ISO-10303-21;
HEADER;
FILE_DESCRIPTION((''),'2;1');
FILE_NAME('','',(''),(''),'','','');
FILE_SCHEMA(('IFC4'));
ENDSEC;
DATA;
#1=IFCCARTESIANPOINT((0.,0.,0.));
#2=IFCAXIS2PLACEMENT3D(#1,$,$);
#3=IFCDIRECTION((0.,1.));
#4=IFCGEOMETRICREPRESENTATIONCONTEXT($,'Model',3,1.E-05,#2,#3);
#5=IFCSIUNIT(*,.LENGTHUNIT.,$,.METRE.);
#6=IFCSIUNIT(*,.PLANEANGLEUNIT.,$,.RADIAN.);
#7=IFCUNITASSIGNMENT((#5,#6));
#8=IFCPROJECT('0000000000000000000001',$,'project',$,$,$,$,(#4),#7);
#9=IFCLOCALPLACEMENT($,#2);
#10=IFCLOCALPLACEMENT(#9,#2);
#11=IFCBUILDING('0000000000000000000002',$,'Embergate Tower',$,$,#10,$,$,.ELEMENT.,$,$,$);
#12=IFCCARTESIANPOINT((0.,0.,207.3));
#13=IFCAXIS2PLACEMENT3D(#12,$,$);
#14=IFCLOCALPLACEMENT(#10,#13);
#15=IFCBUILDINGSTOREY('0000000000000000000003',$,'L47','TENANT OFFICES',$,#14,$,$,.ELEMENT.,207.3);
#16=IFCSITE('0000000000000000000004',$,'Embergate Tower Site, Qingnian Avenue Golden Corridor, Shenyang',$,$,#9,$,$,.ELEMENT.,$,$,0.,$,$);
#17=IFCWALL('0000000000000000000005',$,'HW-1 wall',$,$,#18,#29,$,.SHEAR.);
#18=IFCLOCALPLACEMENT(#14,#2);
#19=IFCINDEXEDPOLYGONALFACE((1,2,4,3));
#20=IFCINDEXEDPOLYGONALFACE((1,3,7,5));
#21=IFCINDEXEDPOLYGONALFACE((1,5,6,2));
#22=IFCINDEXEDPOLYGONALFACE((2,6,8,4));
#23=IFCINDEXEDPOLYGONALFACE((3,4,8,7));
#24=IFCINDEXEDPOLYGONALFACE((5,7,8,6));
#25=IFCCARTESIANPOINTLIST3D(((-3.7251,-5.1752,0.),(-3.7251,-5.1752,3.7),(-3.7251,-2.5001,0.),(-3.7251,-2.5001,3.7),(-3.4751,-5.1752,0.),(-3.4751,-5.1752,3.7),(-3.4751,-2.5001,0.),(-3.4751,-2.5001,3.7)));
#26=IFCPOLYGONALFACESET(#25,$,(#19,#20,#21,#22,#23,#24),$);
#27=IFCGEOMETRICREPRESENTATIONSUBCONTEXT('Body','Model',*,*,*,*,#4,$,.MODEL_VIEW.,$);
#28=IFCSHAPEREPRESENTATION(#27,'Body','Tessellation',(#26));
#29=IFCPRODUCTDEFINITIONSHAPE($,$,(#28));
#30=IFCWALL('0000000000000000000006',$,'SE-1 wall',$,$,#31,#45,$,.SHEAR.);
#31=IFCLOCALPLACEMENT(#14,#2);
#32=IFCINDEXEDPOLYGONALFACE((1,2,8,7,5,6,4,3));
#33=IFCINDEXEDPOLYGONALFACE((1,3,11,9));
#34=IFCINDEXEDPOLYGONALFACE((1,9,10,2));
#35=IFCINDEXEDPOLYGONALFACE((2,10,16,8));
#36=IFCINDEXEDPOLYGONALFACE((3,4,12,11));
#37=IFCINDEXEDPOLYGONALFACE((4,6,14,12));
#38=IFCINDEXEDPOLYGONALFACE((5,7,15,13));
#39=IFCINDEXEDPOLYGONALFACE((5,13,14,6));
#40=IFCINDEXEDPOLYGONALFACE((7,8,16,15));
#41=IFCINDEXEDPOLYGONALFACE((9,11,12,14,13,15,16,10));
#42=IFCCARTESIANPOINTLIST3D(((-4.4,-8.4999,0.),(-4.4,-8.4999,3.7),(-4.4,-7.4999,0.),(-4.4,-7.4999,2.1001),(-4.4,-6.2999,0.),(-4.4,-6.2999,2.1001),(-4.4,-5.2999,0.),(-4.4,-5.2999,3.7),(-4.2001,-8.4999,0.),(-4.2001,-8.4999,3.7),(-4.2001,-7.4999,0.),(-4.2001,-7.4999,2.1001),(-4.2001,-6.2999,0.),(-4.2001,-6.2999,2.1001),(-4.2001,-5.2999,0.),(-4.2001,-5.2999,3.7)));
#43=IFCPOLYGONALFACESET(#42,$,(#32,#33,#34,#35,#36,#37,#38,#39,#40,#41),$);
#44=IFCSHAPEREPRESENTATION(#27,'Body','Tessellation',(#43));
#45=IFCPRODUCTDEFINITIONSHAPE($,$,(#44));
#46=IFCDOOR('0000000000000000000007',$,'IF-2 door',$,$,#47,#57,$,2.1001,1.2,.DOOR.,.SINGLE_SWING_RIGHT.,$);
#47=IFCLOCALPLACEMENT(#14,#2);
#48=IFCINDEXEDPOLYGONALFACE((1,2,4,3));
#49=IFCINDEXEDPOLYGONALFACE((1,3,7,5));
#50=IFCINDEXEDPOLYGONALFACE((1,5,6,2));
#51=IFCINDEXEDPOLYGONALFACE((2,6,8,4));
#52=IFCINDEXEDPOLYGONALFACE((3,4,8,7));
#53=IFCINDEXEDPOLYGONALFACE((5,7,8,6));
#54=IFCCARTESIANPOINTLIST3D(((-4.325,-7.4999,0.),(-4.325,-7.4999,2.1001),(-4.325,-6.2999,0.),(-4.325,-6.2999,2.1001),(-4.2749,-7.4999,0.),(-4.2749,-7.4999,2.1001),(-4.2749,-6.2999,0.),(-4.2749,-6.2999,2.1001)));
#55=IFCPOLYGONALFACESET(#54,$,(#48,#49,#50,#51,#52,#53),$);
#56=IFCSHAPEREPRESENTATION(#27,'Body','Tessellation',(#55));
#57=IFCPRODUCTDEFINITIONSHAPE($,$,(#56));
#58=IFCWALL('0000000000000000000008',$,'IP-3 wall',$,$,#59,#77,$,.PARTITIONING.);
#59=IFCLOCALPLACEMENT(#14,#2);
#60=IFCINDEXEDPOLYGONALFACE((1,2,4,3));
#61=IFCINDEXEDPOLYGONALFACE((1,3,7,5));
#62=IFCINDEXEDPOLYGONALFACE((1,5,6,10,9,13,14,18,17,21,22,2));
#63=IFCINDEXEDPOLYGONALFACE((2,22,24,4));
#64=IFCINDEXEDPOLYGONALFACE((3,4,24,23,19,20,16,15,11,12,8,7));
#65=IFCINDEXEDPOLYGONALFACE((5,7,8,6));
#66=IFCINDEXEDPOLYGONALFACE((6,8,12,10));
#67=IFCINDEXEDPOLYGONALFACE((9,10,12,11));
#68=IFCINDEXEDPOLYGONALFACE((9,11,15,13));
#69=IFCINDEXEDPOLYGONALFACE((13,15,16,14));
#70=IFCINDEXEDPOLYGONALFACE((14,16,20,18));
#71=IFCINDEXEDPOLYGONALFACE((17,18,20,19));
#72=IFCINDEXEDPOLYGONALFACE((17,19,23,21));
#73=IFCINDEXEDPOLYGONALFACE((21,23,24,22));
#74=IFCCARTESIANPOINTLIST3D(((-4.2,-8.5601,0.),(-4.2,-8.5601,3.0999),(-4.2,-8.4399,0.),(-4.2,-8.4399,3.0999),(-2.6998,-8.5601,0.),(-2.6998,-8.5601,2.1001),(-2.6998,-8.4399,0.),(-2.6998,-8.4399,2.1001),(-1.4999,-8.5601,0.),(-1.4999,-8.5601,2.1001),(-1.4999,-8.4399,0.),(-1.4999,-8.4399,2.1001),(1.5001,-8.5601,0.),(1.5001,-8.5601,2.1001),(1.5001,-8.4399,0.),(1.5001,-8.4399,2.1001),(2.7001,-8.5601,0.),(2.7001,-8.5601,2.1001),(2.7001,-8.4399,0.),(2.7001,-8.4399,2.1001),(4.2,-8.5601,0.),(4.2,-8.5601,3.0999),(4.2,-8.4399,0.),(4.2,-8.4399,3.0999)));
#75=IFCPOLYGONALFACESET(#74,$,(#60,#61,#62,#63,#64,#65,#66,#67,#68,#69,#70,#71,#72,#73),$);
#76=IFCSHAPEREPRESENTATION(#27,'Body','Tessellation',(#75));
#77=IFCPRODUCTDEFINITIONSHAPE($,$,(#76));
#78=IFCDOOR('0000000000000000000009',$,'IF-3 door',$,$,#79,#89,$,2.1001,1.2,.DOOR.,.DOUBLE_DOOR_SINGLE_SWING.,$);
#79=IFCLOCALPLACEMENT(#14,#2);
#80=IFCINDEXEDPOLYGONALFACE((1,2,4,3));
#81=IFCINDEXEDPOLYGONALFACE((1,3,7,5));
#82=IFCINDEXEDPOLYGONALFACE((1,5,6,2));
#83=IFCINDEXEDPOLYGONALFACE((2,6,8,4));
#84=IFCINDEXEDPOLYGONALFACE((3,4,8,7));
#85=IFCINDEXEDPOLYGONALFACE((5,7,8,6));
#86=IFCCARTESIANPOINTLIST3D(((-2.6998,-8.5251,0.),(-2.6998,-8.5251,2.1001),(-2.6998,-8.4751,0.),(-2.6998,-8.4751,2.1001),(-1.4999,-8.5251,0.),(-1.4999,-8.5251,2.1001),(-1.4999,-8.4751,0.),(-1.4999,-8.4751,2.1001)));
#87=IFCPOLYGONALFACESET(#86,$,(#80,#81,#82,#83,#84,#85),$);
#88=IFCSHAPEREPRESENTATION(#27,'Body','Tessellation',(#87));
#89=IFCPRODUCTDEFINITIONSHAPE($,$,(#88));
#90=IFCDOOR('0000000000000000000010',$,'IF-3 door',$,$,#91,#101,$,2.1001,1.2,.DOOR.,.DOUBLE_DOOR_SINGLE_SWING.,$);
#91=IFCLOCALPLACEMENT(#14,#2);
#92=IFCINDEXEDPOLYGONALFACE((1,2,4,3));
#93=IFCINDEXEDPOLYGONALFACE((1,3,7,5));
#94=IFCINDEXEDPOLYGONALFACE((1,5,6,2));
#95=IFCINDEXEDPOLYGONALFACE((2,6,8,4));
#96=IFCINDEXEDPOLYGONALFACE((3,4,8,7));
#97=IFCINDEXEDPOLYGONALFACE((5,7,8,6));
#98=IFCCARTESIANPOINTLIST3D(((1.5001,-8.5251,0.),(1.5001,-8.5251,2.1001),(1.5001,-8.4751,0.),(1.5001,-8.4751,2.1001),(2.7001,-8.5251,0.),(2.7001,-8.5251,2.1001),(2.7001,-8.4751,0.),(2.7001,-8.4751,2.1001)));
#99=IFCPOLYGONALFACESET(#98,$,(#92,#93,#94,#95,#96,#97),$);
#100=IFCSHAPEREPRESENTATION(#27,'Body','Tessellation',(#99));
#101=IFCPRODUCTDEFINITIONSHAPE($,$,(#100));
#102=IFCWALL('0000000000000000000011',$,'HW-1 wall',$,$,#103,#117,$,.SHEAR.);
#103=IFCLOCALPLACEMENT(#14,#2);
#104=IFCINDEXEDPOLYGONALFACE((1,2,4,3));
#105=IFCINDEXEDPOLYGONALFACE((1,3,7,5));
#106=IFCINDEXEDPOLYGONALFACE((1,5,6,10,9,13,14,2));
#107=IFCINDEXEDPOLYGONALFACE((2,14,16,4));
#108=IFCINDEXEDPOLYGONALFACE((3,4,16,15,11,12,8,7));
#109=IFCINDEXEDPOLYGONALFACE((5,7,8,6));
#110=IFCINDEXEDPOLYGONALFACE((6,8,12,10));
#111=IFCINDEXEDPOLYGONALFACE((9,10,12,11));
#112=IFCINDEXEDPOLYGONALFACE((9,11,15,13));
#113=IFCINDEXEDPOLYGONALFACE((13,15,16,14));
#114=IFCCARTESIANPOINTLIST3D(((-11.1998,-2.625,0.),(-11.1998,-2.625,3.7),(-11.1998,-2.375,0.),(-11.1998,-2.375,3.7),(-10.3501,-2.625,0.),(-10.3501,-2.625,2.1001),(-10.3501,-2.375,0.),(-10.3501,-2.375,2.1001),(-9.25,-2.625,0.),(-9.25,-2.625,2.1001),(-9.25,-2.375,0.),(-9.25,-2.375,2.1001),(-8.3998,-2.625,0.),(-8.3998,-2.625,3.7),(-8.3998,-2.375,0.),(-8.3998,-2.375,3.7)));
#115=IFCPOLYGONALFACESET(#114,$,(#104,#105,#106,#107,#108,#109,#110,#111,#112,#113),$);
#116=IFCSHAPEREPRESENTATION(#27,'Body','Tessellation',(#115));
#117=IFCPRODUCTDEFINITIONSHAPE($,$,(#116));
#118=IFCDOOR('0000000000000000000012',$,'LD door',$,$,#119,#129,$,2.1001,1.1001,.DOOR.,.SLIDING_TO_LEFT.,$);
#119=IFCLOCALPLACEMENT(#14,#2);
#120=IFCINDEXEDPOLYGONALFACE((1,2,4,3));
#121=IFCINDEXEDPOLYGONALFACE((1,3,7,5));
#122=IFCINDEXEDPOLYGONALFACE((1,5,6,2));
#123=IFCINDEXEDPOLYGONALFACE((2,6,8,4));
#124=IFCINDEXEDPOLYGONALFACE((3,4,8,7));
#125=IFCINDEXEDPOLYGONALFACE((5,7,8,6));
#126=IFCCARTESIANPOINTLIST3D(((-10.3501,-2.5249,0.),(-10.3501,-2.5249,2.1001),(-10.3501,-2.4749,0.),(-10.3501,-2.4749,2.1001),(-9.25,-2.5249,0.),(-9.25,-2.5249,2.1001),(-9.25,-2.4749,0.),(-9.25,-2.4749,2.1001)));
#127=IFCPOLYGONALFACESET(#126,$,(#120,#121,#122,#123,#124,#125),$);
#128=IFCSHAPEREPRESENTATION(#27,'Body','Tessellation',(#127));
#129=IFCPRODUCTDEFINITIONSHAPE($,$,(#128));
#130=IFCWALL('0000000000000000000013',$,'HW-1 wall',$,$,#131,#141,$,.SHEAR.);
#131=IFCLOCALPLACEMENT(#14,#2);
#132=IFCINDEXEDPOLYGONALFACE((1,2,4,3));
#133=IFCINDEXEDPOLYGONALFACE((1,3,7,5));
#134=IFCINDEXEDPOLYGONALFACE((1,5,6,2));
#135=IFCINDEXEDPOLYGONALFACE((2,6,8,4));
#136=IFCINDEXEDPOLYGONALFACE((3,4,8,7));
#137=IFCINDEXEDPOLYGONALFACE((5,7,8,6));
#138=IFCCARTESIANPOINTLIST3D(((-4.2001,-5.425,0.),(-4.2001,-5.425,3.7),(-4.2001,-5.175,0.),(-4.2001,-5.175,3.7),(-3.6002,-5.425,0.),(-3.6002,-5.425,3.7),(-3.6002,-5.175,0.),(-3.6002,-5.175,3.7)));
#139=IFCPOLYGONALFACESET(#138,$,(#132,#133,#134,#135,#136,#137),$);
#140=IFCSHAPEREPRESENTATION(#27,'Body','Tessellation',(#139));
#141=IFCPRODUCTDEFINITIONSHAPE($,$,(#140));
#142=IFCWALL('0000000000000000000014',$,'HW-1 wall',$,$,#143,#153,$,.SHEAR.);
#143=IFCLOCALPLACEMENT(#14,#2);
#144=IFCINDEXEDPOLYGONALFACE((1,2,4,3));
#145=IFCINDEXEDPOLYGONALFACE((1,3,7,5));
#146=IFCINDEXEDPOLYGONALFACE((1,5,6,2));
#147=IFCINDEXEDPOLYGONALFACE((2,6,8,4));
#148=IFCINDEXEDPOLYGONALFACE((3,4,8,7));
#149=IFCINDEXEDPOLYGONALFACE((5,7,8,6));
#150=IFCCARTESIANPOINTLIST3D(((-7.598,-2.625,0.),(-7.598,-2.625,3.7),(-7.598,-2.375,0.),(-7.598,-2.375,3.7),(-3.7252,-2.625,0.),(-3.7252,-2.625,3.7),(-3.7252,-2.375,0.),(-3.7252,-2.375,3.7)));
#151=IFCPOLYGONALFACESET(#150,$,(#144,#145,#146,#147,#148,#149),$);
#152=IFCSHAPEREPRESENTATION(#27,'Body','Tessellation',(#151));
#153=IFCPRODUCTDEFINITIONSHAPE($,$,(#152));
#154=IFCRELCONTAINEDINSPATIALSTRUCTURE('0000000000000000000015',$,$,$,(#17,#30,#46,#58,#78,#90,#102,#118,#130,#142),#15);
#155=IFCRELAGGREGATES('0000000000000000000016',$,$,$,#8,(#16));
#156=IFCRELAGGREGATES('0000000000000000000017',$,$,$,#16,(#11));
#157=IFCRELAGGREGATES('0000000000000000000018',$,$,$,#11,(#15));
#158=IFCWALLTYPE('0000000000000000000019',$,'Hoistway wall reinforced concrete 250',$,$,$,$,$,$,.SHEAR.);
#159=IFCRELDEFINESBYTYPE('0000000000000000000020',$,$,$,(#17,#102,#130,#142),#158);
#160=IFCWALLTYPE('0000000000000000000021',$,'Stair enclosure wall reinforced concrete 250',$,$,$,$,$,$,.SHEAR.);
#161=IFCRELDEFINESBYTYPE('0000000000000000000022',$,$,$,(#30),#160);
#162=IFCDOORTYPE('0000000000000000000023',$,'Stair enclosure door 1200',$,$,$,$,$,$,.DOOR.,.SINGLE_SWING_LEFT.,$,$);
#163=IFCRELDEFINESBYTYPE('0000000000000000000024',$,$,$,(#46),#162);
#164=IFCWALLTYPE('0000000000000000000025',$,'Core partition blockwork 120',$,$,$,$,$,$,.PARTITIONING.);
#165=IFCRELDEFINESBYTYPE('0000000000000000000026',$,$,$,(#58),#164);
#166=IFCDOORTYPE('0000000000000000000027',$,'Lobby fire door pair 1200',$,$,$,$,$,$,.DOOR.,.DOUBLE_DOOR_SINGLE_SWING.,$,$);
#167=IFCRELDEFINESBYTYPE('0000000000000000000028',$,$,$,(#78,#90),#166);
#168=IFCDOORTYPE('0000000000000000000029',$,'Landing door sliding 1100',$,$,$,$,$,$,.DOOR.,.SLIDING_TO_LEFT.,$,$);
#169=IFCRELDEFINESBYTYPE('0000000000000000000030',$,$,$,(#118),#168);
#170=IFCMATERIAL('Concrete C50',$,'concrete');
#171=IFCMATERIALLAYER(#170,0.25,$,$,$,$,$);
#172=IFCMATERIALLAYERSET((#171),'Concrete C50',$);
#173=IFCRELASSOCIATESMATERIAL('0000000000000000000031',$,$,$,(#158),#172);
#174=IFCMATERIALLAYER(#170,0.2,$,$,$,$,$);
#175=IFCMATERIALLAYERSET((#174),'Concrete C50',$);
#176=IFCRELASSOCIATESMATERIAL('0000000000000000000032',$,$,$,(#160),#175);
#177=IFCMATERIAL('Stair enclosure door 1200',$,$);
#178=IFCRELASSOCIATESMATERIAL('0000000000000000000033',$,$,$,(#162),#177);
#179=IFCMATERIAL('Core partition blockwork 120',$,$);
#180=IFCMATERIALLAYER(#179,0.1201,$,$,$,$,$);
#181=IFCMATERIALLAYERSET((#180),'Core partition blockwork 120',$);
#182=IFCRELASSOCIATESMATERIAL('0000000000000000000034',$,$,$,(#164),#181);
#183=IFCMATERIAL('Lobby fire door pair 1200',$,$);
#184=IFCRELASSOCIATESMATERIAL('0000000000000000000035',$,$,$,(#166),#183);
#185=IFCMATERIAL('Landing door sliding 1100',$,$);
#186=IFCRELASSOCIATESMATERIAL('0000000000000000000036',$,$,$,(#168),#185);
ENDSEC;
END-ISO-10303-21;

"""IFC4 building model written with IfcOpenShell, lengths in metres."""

from ifc_helpers import new_model, si_unit, direction, frame, frame_2d, origin, place, context, subcontext, project, spatial, rectangle, extrude, source, transform, mapped, material, layer, layer_set, type_object, element, fill, save


model = new_model("IFC4")

# Units and contexts
model_context = context("Model", 3, precision=1e-05, world=origin(), true_north=direction((0.0, 1.0)))
body_context = subcontext(model_context, "Body", "Model", "MODEL_VIEW")
ifc_project = project(units=[si_unit("LENGTHUNIT", "METRE"), si_unit("PLANEANGLEUNIT", "RADIAN")], contexts=[model_context])

# Site, building, storey
site_placement = place(None, origin())
site = spatial("IfcSite", under=ifc_project, at=site_placement, Name="Embergate Tower Site, Qingnian Avenue Golden Corridor, Shenyang", CompositionType="ELEMENT", RefElevation=0.0)
building_placement = place(site_placement, origin())
building = spatial("IfcBuilding", under=site, at=building_placement, Name="Embergate Tower", CompositionType="ELEMENT")
storey_placement = place(building_placement, frame((0.0, 0.0, 207.3)))
storey = spatial("IfcBuildingStorey", under=building, at=storey_placement, Name="L47", Description="TENANT OFFICES", CompositionType="ELEMENT", Elevation=207.3)

# Wall
ifc_material_1 = material(Name="Concrete C50", Category="concrete")
ifc_layer_1 = layer(ifc_material_1, 0.25)
ifc_layer_set_1 = layer_set([ifc_layer_1], Name="Concrete C50")
wall_type_1 = type_object("IfcWallType", Name="Hoistway wall reinforced concrete 250", PredefinedType="SHEAR", material=ifc_layer_set_1)
shared_shape_1 = source(origin(), body_context, "Body", "SweptSolid", [
    extrude(rectangle(XDim=2.675, YDim=0.25, at=frame_2d((1.3374, 0.0))), origin(), (0.0, 0.0, 1.0), 3.7),
])
wall_1_placement = place(storey_placement, frame((-3.6001, -5.175, 0.0), z_axis=(0.0, 0.0, 1.0), x_axis=(0.0, 1.0, 0.0)))
element("IfcWall", 1, at=wall_1_placement, inside=storey, type_object=wall_type_1, Name="HW-1 wall", PredefinedType="SHEAR", context=body_context, shape_type="MappedRepresentation", body=[
    mapped(shared_shape_1, transform((0.0, 0.0, 0.0))),
])

# Wall, opening, door
ifc_layer_2 = layer(ifc_material_1, 0.2)
ifc_layer_set_2 = layer_set([ifc_layer_2], Name="Concrete C50")
wall_type_2 = type_object("IfcWallType", Name="Stair enclosure wall reinforced concrete 250", PredefinedType="SHEAR", material=ifc_layer_set_2)
shared_shape_2 = source(origin(), body_context, "Body", "SweptSolid", [
    extrude(rectangle(XDim=3.2, YDim=0.2, at=frame_2d((1.6001, 0.0))), origin(), (0.0, 0.0, 1.0), 3.7),
])
wall_2_placement = place(storey_placement, frame((-4.3, -8.5, 0.0), z_axis=(0.0, 0.0, 1.0), x_axis=(0.0, 1.0, 0.0)))
wall_2 = element("IfcWall", 2, at=wall_2_placement, inside=storey, type_object=wall_type_2, Name="SE-1 wall", PredefinedType="SHEAR", context=body_context, shape_type="MappedRepresentation", body=[
    mapped(shared_shape_2, transform((0.0, 0.0, 0.0))),
])
shared_shape_3 = source(origin(), body_context, "Body", "SweptSolid", [
    extrude(rectangle(XDim=1.2, YDim=2.1001, at=frame_2d((0.6001, 1.05))), frame((0.0, 0.1099, 0.0), z_axis=(0.0, -1.0, 0.0), x_axis=(1.0, 0.0, 0.0)), (0.0, 0.0, 1.0), 0.22),
])
opening_1_placement = place(wall_2_placement, frame((1.0, 0.0, 0.0)))
opening_1 = element("IfcOpeningElement", 3, at=opening_1_placement, cuts=wall_2, PredefinedType="OPENING", context=body_context, shape_type="MappedRepresentation", body=[
    mapped(shared_shape_3, transform((0.0, 0.0, 0.0))),
])
ifc_material_2 = material(Name="Stair enclosure door 1200")
door_type_1 = type_object("IfcDoorType", Name="Stair enclosure door 1200", OperationType="SINGLE_SWING_LEFT", PredefinedType="DOOR", material=ifc_material_2)
shared_shape_4 = source(origin(), body_context, "Body", "SweptSolid", [
    extrude(rectangle(XDim=1.2, YDim=2.1001, at=frame_2d((0.6001, 1.05))), frame((0.0, 0.0249, 0.0), z_axis=(0.0, -1.0, 0.0), x_axis=(1.0, 0.0, 0.0)), (0.0, 0.0, 1.0), 0.05),
])
door_1_placement = place(opening_1_placement, origin())
door_1 = element("IfcDoor", 4, at=door_1_placement, inside=storey, type_object=door_type_1, Name="IF-2 door", OperationType="SINGLE_SWING_RIGHT", OverallHeight=2.1001, OverallWidth=1.2, PredefinedType="DOOR", context=body_context, shape_type="MappedRepresentation", body=[
    mapped(shared_shape_4, transform((0.0, 0.0, 0.0))),
])
fill(opening_1, door_1)

# Wall, openings, doors
ifc_material_3 = material(Name="Core partition blockwork 120")
ifc_layer_3 = layer(ifc_material_3, 0.1201)
ifc_layer_set_3 = layer_set([ifc_layer_3], Name="Core partition blockwork 120")
wall_type_3 = type_object("IfcWallType", Name="Core partition blockwork 120", PredefinedType="PARTITIONING", material=ifc_layer_set_3)
shared_shape_5 = source(origin(), body_context, "Body", "SweptSolid", [
    extrude(rectangle(XDim=8.3999, YDim=0.1201, at=frame_2d((4.2, 0.0))), origin(), (0.0, 0.0, 1.0), 3.0999),
])
wall_3_placement = place(storey_placement, frame((-4.2, -8.5, 0.0), z_axis=(0.0, 0.0, 1.0), x_axis=(1.0, 0.0, 0.0)))
wall_3 = element("IfcWall", 5, at=wall_3_placement, inside=storey, type_object=wall_type_3, Name="IP-3 wall", PredefinedType="PARTITIONING", context=body_context, shape_type="MappedRepresentation", body=[
    mapped(shared_shape_5, transform((0.0, 0.0, 0.0))),
])
shared_shape_6 = source(origin(), body_context, "Body", "SweptSolid", [
    extrude(rectangle(XDim=1.2, YDim=2.1001, at=frame_2d((0.6001, 1.05))), frame((0.0, 0.0701, 0.0), z_axis=(0.0, -1.0, 0.0), x_axis=(1.0, 0.0, 0.0)), (0.0, 0.0, 1.0), 0.1401),
])
opening_2_placement = place(wall_3_placement, frame((1.5, 0.0, 0.0)))
opening_2 = element("IfcOpeningElement", 6, at=opening_2_placement, cuts=wall_3, PredefinedType="OPENING", context=body_context, shape_type="MappedRepresentation", body=[
    mapped(shared_shape_6, transform((0.0, 0.0, 0.0))),
])
opening_3_placement = place(wall_3_placement, frame((5.7, 0.0, 0.0)))
opening_3 = element("IfcOpeningElement", 7, at=opening_3_placement, cuts=wall_3, PredefinedType="OPENING", context=body_context, shape_type="MappedRepresentation", body=[
    mapped(shared_shape_6, transform((0.0, 0.0, 0.0))),
])
ifc_material_4 = material(Name="Lobby fire door pair 1200")
door_type_2 = type_object("IfcDoorType", Name="Lobby fire door pair 1200", OperationType="DOUBLE_DOOR_SINGLE_SWING", PredefinedType="DOOR", material=ifc_material_4)
door_2_placement = place(opening_2_placement, origin())
door_2 = element("IfcDoor", 8, at=door_2_placement, inside=storey, type_object=door_type_2, Name="IF-3 door", OperationType="DOUBLE_DOOR_SINGLE_SWING", OverallHeight=2.1001, OverallWidth=1.2, PredefinedType="DOOR", context=body_context, shape_type="MappedRepresentation", body=[
    mapped(shared_shape_4, transform((0.0, 0.0, 0.0))),
])
fill(opening_2, door_2)
door_3_placement = place(opening_3_placement, origin())
door_3 = element("IfcDoor", 9, at=door_3_placement, inside=storey, type_object=door_type_2, Name="IF-3 door", OperationType="DOUBLE_DOOR_SINGLE_SWING", OverallHeight=2.1001, OverallWidth=1.2, PredefinedType="DOOR", context=body_context, shape_type="MappedRepresentation", body=[
    mapped(shared_shape_4, transform((0.0, 0.0, 0.0))),
])
fill(opening_3, door_3)

# Wall, opening, door
shared_shape_7 = source(origin(), body_context, "Body", "SweptSolid", [
    extrude(rectangle(XDim=2.8, YDim=0.25, at=frame_2d((1.3999, 0.0))), origin(), (0.0, 0.0, 1.0), 3.7),
])
wall_4_placement = place(storey_placement, frame((-8.3999, -2.5, 0.0), z_axis=(0.0, 0.0, 1.0), x_axis=(-1.0, 0.0, 0.0)))
wall_4 = element("IfcWall", 10, at=wall_4_placement, inside=storey, type_object=wall_type_1, Name="HW-1 wall", PredefinedType="SHEAR", context=body_context, shape_type="MappedRepresentation", body=[
    mapped(shared_shape_7, transform((0.0, 0.0, 0.0))),
])
shared_shape_8 = source(origin(), body_context, "Body", "SweptSolid", [
    extrude(rectangle(XDim=1.1001, YDim=2.1001, at=frame_2d((0.55, 1.05))), frame((0.0, 0.135, 0.0), z_axis=(0.0, -1.0, 0.0), x_axis=(1.0, 0.0, 0.0)), (0.0, 0.0, 1.0), 0.27),
])
opening_4_placement = place(wall_4_placement, frame((0.8501, 0.0, 0.0)))
opening_4 = element("IfcOpeningElement", 11, at=opening_4_placement, cuts=wall_4, PredefinedType="OPENING", context=body_context, shape_type="MappedRepresentation", body=[
    mapped(shared_shape_8, transform((0.0, 0.0, 0.0))),
])
ifc_material_5 = material(Name="Landing door sliding 1100")
door_type_3 = type_object("IfcDoorType", Name="Landing door sliding 1100", OperationType="SLIDING_TO_LEFT", PredefinedType="DOOR", material=ifc_material_5)
shared_shape_9 = source(origin(), body_context, "Body", "SweptSolid", [
    extrude(rectangle(XDim=1.1001, YDim=2.1001, at=frame_2d((0.55, 1.05))), frame((0.0, 0.0249, 0.0), z_axis=(0.0, -1.0, 0.0), x_axis=(1.0, 0.0, 0.0)), (0.0, 0.0, 1.0), 0.05),
])
door_4_placement = place(opening_4_placement, origin())
door_4 = element("IfcDoor", 12, at=door_4_placement, inside=storey, type_object=door_type_3, Name="LD door", OperationType="SLIDING_TO_LEFT", OverallHeight=2.1001, OverallWidth=1.1001, PredefinedType="DOOR", context=body_context, shape_type="MappedRepresentation", body=[
    mapped(shared_shape_9, transform((0.0, 0.0, 0.0))),
])
fill(opening_4, door_4)

# Walls
shared_shape_10 = source(origin(), body_context, "Body", "SweptSolid", [
    extrude(rectangle(XDim=0.5999, YDim=0.25, at=frame_2d((0.2998, 0.0))), origin(), (0.0, 0.0, 1.0), 3.7),
])
wall_5_placement = place(storey_placement, frame((-4.2, -5.3, 0.0), z_axis=(0.0, 0.0, 1.0), x_axis=(1.0, 0.0, 0.0)))
element("IfcWall", 13, at=wall_5_placement, inside=storey, type_object=wall_type_1, Name="HW-1 wall", PredefinedType="SHEAR", context=body_context, shape_type="MappedRepresentation", body=[
    mapped(shared_shape_10, transform((0.0, 0.0, 0.0))),
])
shared_shape_11 = source(origin(), body_context, "Body", "SweptSolid", [
    extrude(rectangle(XDim=3.8728, YDim=0.25, at=frame_2d((1.9365, 0.0))), origin(), (0.0, 0.0, 1.0), 3.7),
])
wall_6_placement = place(storey_placement, frame((-3.7251, -2.5, 0.0), z_axis=(0.0, 0.0, 1.0), x_axis=(-1.0, 0.0, 0.0)))
element("IfcWall", 14, at=wall_6_placement, inside=storey, type_object=wall_type_1, Name="HW-1 wall", PredefinedType="SHEAR", context=body_context, shape_type="MappedRepresentation", body=[
    mapped(shared_shape_11, transform((0.0, 0.0, 0.0))),
])

save(model, "model.ifc")
